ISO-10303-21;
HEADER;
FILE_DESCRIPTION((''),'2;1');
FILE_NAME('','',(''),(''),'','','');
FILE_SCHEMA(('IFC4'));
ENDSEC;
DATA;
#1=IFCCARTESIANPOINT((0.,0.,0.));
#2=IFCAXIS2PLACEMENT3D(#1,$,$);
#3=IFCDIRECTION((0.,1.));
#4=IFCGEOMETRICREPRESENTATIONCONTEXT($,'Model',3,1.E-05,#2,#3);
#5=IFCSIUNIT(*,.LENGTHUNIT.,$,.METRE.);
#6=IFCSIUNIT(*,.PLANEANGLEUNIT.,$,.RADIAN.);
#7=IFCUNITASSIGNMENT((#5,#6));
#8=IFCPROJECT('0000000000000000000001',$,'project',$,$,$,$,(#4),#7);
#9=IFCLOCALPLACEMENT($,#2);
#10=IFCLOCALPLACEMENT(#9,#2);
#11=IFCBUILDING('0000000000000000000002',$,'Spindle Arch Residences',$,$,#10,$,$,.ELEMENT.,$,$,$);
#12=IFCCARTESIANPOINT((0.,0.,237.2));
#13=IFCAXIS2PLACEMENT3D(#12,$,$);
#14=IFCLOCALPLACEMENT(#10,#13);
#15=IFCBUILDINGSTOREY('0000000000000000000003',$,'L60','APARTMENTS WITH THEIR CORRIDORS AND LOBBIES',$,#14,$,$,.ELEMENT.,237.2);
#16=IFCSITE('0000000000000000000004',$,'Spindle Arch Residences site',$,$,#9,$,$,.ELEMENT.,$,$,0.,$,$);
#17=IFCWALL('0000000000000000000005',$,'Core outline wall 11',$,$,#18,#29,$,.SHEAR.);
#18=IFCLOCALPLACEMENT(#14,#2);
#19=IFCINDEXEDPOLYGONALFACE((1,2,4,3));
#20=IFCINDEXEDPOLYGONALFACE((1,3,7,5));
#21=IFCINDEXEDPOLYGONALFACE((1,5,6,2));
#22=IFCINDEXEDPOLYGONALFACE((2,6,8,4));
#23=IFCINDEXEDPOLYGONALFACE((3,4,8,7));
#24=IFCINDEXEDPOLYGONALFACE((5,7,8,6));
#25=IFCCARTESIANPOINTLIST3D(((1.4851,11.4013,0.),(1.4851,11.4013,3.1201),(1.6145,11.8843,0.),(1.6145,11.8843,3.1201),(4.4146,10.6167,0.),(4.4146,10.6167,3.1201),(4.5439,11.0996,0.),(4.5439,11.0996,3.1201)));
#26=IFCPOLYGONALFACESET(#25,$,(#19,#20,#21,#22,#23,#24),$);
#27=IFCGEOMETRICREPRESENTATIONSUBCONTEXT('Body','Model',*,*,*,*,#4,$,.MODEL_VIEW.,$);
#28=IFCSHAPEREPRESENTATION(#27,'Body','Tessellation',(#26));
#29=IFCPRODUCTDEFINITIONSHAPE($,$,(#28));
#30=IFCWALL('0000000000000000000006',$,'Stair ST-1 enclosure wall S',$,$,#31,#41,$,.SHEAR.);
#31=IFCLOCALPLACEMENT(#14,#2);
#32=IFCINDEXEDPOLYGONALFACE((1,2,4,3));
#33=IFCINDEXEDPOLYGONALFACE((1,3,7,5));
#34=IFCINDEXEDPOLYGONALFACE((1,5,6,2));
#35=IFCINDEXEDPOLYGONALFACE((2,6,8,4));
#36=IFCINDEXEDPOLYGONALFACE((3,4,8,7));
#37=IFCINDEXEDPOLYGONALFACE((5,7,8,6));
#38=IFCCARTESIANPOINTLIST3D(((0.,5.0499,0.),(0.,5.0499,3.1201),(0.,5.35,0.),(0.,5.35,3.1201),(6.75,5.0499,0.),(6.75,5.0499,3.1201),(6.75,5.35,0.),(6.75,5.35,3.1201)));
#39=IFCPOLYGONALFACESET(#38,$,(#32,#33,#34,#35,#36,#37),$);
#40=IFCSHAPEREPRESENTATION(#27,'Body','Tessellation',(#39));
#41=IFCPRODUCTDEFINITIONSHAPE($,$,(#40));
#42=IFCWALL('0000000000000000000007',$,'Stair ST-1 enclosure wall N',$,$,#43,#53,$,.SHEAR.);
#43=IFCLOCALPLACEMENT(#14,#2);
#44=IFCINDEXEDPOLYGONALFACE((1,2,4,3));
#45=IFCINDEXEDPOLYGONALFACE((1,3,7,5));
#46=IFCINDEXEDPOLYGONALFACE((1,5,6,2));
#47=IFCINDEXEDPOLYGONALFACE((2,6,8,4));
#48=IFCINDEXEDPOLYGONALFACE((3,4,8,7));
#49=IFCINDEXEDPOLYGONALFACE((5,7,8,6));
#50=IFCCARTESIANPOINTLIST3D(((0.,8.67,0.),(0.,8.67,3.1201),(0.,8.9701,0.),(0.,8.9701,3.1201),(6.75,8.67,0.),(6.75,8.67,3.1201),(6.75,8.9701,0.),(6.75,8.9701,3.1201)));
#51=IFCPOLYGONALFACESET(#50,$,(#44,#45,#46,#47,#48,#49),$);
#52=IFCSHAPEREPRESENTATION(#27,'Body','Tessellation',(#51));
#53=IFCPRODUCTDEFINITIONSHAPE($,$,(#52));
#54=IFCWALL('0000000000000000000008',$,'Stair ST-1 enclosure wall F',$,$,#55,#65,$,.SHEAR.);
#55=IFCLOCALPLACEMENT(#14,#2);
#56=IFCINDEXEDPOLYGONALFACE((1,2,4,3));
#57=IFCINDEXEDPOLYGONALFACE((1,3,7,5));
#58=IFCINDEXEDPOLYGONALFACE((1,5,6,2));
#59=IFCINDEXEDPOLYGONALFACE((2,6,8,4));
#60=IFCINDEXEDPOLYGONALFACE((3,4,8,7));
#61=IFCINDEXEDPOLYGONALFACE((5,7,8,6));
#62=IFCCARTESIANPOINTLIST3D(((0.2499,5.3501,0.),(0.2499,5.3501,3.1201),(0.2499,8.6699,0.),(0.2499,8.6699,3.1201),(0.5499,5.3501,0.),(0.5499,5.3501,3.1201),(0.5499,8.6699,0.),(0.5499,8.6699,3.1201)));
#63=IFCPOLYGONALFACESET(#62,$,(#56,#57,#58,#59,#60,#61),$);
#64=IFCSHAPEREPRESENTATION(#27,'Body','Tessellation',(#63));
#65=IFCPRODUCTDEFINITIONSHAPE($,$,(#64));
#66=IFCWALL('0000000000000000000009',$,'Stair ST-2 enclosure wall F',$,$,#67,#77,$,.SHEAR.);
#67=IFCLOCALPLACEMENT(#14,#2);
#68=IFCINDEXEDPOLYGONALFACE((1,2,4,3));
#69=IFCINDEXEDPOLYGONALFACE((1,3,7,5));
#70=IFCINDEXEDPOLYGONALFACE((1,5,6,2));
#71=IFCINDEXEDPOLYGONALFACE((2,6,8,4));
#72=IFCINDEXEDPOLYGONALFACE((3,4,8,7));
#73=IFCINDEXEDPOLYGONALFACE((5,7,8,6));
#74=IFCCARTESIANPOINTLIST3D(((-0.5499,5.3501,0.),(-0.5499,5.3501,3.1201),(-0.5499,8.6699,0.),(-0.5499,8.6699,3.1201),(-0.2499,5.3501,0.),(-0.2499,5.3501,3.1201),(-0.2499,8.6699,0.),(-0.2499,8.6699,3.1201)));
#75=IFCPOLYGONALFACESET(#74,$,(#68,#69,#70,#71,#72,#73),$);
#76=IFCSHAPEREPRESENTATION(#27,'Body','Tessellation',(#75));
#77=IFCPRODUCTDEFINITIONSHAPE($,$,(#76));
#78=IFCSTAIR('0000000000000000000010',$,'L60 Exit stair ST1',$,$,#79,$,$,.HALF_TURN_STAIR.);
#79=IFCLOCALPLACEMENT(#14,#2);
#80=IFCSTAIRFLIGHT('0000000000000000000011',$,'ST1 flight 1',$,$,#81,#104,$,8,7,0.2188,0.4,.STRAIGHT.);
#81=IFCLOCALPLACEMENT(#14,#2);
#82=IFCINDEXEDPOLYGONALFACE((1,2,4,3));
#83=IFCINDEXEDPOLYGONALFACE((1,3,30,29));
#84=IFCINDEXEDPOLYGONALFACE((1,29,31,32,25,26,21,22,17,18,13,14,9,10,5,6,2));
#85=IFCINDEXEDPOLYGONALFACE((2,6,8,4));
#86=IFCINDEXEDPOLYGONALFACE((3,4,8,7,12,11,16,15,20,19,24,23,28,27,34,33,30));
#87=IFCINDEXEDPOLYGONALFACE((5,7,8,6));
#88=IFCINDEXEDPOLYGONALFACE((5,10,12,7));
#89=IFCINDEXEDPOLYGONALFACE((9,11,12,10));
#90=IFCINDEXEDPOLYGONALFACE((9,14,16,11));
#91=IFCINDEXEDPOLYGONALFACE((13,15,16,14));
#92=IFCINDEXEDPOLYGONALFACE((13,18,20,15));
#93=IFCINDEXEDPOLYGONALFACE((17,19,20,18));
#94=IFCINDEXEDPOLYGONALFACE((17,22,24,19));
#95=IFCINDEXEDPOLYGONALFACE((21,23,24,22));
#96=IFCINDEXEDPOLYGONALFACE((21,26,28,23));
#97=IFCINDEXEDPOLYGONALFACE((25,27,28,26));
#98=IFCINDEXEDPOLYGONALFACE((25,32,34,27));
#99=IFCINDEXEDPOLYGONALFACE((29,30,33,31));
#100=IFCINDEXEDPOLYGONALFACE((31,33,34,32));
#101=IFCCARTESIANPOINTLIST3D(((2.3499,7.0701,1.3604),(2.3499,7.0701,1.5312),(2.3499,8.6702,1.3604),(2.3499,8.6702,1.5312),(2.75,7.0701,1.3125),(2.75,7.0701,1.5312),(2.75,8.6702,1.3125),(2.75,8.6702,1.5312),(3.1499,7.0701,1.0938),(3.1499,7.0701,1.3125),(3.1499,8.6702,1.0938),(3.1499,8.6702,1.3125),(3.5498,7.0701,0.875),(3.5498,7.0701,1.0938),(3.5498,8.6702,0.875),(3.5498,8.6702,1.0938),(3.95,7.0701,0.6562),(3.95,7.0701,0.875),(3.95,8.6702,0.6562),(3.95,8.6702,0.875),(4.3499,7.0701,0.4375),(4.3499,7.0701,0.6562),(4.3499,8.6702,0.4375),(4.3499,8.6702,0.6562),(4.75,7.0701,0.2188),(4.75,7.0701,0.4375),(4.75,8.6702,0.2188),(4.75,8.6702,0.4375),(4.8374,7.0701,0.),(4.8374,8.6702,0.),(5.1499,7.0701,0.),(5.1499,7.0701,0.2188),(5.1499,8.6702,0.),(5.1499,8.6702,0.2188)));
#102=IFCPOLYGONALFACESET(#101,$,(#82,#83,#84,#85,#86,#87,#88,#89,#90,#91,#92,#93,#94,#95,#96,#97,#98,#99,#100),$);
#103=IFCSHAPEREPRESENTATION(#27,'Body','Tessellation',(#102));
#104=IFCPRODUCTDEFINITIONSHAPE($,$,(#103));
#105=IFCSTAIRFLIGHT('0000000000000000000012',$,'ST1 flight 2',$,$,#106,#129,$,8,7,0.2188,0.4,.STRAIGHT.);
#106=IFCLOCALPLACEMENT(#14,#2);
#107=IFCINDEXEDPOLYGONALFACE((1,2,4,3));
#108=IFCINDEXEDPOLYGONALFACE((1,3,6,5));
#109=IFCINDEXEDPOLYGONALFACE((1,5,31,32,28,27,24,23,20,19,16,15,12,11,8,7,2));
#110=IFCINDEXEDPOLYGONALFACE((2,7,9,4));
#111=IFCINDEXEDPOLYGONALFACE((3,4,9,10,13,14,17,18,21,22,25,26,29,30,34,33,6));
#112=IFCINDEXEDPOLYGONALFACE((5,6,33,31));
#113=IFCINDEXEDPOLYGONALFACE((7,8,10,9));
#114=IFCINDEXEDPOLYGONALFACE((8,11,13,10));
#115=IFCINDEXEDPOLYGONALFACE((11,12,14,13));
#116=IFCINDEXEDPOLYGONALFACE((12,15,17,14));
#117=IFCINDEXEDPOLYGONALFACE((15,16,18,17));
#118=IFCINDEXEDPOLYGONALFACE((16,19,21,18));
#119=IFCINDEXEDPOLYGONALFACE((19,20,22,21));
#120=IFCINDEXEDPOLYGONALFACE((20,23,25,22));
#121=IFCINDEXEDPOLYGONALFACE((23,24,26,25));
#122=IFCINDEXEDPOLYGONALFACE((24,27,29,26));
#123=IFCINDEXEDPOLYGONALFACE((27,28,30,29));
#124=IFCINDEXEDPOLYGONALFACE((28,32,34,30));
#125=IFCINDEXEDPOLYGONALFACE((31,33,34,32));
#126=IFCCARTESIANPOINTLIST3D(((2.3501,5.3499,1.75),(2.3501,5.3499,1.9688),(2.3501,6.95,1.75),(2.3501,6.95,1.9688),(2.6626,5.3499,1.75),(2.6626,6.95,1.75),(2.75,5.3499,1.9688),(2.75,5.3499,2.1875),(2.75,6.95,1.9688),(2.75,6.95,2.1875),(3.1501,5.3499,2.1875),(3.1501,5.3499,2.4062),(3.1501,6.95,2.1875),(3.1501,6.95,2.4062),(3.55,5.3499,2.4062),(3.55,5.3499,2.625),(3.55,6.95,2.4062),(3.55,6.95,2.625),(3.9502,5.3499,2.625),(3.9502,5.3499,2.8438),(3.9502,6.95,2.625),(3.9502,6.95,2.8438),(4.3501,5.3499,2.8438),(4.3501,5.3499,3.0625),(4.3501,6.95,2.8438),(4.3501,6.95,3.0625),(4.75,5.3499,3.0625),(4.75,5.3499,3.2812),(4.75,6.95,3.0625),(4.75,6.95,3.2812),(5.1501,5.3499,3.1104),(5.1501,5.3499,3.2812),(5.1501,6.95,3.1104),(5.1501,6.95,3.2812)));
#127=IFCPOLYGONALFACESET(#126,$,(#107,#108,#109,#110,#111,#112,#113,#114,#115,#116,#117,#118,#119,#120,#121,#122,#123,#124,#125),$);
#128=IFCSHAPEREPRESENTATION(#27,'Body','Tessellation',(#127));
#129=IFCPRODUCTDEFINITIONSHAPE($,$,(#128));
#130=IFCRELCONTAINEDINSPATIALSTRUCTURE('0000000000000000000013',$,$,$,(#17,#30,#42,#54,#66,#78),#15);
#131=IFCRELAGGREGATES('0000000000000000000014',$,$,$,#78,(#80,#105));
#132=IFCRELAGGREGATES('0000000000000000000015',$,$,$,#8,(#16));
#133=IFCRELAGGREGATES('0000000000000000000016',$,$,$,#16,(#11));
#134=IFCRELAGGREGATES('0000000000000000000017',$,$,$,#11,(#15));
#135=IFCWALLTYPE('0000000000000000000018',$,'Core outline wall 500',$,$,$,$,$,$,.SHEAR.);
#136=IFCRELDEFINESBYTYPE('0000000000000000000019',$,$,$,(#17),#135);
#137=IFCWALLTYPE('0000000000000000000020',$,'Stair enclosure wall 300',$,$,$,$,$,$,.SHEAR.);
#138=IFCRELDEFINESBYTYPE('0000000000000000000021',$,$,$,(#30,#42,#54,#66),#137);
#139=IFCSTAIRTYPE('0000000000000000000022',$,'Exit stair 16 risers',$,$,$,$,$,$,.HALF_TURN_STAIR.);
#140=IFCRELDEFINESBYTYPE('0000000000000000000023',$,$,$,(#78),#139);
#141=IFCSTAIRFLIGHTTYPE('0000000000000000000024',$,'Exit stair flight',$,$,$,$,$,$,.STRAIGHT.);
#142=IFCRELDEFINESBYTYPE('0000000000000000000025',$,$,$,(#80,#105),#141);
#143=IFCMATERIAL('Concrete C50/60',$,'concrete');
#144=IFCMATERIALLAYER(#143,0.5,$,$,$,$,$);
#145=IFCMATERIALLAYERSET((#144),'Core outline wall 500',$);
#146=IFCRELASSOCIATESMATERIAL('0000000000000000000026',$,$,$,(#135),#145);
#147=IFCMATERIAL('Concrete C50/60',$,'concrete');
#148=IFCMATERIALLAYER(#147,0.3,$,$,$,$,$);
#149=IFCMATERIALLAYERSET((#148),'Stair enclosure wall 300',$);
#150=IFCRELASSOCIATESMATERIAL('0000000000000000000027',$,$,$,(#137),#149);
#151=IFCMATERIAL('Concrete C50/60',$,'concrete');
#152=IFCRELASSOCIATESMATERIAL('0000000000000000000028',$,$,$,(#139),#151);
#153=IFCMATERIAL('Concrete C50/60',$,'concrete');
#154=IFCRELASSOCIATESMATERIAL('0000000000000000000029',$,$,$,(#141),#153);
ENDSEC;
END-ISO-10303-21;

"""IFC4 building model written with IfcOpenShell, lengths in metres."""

from ifc_helpers import new_model, si_unit, direction, frame, frame_2d, origin, place, context, subcontext, project, spatial, polyline, rectangle, outline, extrude, material, layer, layer_set, type_object, element, aggregate, save


model = new_model("IFC4")

# Units and contexts
model_context = context("Model", 3, precision=1e-05, world=origin(), true_north=direction((0.0, 1.0)))
body_context = subcontext(model_context, "Body", "Model", "MODEL_VIEW")
ifc_project = project(units=[si_unit("LENGTHUNIT", "METRE"), si_unit("PLANEANGLEUNIT", "RADIAN")], contexts=[model_context])

# Site, building, storey
site_placement = place(None, origin())
site = spatial("IfcSite", under=ifc_project, at=site_placement, Name="Spindle Arch Residences site", CompositionType="ELEMENT", RefElevation=0.0)
building_placement = place(site_placement, origin())
building = spatial("IfcBuilding", under=site, at=building_placement, Name="Spindle Arch Residences", CompositionType="ELEMENT")
storey_placement = place(building_placement, frame((0.0, 0.0, 237.2)))
storey = spatial("IfcBuildingStorey", under=building, at=storey_placement, Name="L60", Description="APARTMENTS WITH THEIR CORRIDORS AND LOBBIES", CompositionType="ELEMENT", Elevation=237.2)

# Wall
ifc_material_1 = material(Name="Concrete C50/60", Category="concrete")
ifc_layer_1 = layer(ifc_material_1, 0.5)
ifc_layer_set_1 = layer_set([ifc_layer_1], Name="Core outline wall 500")
wall_type_1 = type_object("IfcWallType", Name="Core outline wall 500", PredefinedType="SHEAR", material=ifc_layer_set_1)
wall_1_placement = place(storey_placement, frame((4.4792, 10.8582, 0.0), z_axis=(0.0, 0.0, 1.0), x_axis=(-0.965948, 0.258735, 0.0)))
element("IfcWall", 1, at=wall_1_placement, inside=storey, type_object=wall_type_1, Name="Core outline wall 11", PredefinedType="SHEAR", context=body_context, shape_type="SweptSolid", body=[
    extrude(rectangle(XDim=3.0327, YDim=0.5, at=frame_2d((1.5164, 0.0))), origin(), (0.0, 0.0, 1.0), 3.1201),
])

# Walls
ifc_material_2 = material(Name="Concrete C50/60", Category="concrete")
ifc_layer_2 = layer(ifc_material_2, 0.3)
ifc_layer_set_2 = layer_set([ifc_layer_2], Name="Stair enclosure wall 300")
wall_type_2 = type_object("IfcWallType", Name="Stair enclosure wall 300", PredefinedType="SHEAR", material=ifc_layer_set_2)
for number, where, z_axis, x_axis, name in (
    (2, (0.0, 5.2, 0.0), (0.0, 0.0, 1.0), (1.0, 0.0, 0.0), "Stair ST-1 enclosure wall S"),
    (3, (0.0, 8.8201, 0.0), (0.0, 0.0, 1.0), (1.0, 0.0, 0.0), "Stair ST-1 enclosure wall N"),
):
    element("IfcWall", number, at=place(storey_placement, frame(where, z_axis=z_axis, x_axis=x_axis)), inside=storey, type_object=wall_type_2, Name=name, PredefinedType="SHEAR", context=body_context, shape_type="SweptSolid", body=[
        extrude(rectangle(XDim=6.75, YDim=0.3, at=frame_2d((3.375, 0.0))), origin(), (0.0, 0.0, 1.0), 3.1201),
    ])
for number, where, z_axis, x_axis, name in (
    (4, (0.3999, 5.3501, 0.0), (0.0, 0.0, 1.0), (0.0, 1.0, 0.0), "Stair ST-1 enclosure wall F"),
    (5, (-0.3999, 5.3501, 0.0), (0.0, 0.0, 1.0), (0.0, 1.0, 0.0), "Stair ST-2 enclosure wall F"),
):
    element("IfcWall", number, at=place(storey_placement, frame(where, z_axis=z_axis, x_axis=x_axis)), inside=storey, type_object=wall_type_2, Name=name, PredefinedType="SHEAR", context=body_context, shape_type="SweptSolid", body=[
        extrude(rectangle(XDim=3.3198, YDim=0.3, at=frame_2d((1.6599, 0.0))), origin(), (0.0, 0.0, 1.0), 3.1201),
    ])

# Stair, stair flights
ifc_material_3 = material(Name="Concrete C50/60", Category="concrete")
stair_type = type_object("IfcStairType", Name="Exit stair 16 risers", PredefinedType="HALF_TURN_STAIR", material=ifc_material_3)
stair_placement = place(storey_placement, origin())
stair = element("IfcStair", 6, at=stair_placement, inside=storey, type_object=stair_type, Name="L60 Exit stair ST1", PredefinedType="HALF_TURN_STAIR")
ifc_material_4 = material(Name="Concrete C50/60", Category="concrete")
stair_flight_type = type_object("IfcStairFlightType", Name="Exit stair flight", PredefinedType="STRAIGHT", material=ifc_material_4)
stair_flight_1_placement = place(storey_placement, frame((5.1499, 7.8701, 0.0), z_axis=(0.0, 0.0, 1.0), x_axis=(-1.0, 0.0, 0.0)))
stair_flight_1 = element("IfcStairFlight", 7, at=stair_flight_1_placement, type_object=stair_flight_type, Name="ST1 flight 1", NumberOfRisers=8, NumberOfTreads=7, PredefinedType="STRAIGHT", RiserHeight=0.2188, TreadLength=0.4, context=body_context, shape_type="SweptSolid", body=[
    extrude(outline(polyline([(0.0, 0.0), (0.0, 0.2188), (0.3999, 0.2188), (0.3999, 0.4375), (0.8, 0.4375), (0.8, 0.6562), (1.2, 0.6562), (1.2, 0.875), (1.6001, 0.875), (1.6001, 1.0938), (2.0, 1.0938), (2.0, 1.3125), (2.3999, 1.3125), (2.3999, 1.5312), (2.8, 1.5312), (2.8, 1.75), (2.8, 1.3604), (0.3125, 0.0), (0.0, 0.0)])), frame((0.0, 0.8, 0.0), z_axis=(0.0, -1.0, 0.0), x_axis=(1.0, 0.0, 0.0)), (0.0, 0.0, 1.0), 1.6001),
])
stair_flight_2_placement = place(storey_placement, frame((2.3501, 6.1499, 1.75), z_axis=(0.0, 0.0, 1.0), x_axis=(1.0, 0.0, 0.0)))
stair_flight_2 = element("IfcStairFlight", 8, at=stair_flight_2_placement, type_object=stair_flight_type, Name="ST1 flight 2", NumberOfRisers=8, NumberOfTreads=7, PredefinedType="STRAIGHT", RiserHeight=0.2188, TreadLength=0.4, context=body_context, shape_type="SweptSolid", body=[
    extrude(outline(polyline([(0.0, 0.0), (0.0, 0.2188), (0.3999, 0.2188), (0.3999, 0.4375), (0.8, 0.4375), (0.8, 0.6562), (1.2, 0.6562), (1.2, 0.875), (1.6001, 0.875), (1.6001, 1.0938), (2.0, 1.0938), (2.0, 1.3125), (2.3999, 1.3125), (2.3999, 1.5312), (2.8, 1.5312), (2.8, 1.75), (2.8, 1.3604), (0.3125, 0.0), (0.0, 0.0)])), frame((0.0, 0.8, 0.0), z_axis=(0.0, -1.0, 0.0), x_axis=(1.0, 0.0, 0.0)), (0.0, 0.0, 1.0), 1.6001),
])
aggregate(stair, [stair_flight_1, stair_flight_2])

save(model, "model.ifc")
